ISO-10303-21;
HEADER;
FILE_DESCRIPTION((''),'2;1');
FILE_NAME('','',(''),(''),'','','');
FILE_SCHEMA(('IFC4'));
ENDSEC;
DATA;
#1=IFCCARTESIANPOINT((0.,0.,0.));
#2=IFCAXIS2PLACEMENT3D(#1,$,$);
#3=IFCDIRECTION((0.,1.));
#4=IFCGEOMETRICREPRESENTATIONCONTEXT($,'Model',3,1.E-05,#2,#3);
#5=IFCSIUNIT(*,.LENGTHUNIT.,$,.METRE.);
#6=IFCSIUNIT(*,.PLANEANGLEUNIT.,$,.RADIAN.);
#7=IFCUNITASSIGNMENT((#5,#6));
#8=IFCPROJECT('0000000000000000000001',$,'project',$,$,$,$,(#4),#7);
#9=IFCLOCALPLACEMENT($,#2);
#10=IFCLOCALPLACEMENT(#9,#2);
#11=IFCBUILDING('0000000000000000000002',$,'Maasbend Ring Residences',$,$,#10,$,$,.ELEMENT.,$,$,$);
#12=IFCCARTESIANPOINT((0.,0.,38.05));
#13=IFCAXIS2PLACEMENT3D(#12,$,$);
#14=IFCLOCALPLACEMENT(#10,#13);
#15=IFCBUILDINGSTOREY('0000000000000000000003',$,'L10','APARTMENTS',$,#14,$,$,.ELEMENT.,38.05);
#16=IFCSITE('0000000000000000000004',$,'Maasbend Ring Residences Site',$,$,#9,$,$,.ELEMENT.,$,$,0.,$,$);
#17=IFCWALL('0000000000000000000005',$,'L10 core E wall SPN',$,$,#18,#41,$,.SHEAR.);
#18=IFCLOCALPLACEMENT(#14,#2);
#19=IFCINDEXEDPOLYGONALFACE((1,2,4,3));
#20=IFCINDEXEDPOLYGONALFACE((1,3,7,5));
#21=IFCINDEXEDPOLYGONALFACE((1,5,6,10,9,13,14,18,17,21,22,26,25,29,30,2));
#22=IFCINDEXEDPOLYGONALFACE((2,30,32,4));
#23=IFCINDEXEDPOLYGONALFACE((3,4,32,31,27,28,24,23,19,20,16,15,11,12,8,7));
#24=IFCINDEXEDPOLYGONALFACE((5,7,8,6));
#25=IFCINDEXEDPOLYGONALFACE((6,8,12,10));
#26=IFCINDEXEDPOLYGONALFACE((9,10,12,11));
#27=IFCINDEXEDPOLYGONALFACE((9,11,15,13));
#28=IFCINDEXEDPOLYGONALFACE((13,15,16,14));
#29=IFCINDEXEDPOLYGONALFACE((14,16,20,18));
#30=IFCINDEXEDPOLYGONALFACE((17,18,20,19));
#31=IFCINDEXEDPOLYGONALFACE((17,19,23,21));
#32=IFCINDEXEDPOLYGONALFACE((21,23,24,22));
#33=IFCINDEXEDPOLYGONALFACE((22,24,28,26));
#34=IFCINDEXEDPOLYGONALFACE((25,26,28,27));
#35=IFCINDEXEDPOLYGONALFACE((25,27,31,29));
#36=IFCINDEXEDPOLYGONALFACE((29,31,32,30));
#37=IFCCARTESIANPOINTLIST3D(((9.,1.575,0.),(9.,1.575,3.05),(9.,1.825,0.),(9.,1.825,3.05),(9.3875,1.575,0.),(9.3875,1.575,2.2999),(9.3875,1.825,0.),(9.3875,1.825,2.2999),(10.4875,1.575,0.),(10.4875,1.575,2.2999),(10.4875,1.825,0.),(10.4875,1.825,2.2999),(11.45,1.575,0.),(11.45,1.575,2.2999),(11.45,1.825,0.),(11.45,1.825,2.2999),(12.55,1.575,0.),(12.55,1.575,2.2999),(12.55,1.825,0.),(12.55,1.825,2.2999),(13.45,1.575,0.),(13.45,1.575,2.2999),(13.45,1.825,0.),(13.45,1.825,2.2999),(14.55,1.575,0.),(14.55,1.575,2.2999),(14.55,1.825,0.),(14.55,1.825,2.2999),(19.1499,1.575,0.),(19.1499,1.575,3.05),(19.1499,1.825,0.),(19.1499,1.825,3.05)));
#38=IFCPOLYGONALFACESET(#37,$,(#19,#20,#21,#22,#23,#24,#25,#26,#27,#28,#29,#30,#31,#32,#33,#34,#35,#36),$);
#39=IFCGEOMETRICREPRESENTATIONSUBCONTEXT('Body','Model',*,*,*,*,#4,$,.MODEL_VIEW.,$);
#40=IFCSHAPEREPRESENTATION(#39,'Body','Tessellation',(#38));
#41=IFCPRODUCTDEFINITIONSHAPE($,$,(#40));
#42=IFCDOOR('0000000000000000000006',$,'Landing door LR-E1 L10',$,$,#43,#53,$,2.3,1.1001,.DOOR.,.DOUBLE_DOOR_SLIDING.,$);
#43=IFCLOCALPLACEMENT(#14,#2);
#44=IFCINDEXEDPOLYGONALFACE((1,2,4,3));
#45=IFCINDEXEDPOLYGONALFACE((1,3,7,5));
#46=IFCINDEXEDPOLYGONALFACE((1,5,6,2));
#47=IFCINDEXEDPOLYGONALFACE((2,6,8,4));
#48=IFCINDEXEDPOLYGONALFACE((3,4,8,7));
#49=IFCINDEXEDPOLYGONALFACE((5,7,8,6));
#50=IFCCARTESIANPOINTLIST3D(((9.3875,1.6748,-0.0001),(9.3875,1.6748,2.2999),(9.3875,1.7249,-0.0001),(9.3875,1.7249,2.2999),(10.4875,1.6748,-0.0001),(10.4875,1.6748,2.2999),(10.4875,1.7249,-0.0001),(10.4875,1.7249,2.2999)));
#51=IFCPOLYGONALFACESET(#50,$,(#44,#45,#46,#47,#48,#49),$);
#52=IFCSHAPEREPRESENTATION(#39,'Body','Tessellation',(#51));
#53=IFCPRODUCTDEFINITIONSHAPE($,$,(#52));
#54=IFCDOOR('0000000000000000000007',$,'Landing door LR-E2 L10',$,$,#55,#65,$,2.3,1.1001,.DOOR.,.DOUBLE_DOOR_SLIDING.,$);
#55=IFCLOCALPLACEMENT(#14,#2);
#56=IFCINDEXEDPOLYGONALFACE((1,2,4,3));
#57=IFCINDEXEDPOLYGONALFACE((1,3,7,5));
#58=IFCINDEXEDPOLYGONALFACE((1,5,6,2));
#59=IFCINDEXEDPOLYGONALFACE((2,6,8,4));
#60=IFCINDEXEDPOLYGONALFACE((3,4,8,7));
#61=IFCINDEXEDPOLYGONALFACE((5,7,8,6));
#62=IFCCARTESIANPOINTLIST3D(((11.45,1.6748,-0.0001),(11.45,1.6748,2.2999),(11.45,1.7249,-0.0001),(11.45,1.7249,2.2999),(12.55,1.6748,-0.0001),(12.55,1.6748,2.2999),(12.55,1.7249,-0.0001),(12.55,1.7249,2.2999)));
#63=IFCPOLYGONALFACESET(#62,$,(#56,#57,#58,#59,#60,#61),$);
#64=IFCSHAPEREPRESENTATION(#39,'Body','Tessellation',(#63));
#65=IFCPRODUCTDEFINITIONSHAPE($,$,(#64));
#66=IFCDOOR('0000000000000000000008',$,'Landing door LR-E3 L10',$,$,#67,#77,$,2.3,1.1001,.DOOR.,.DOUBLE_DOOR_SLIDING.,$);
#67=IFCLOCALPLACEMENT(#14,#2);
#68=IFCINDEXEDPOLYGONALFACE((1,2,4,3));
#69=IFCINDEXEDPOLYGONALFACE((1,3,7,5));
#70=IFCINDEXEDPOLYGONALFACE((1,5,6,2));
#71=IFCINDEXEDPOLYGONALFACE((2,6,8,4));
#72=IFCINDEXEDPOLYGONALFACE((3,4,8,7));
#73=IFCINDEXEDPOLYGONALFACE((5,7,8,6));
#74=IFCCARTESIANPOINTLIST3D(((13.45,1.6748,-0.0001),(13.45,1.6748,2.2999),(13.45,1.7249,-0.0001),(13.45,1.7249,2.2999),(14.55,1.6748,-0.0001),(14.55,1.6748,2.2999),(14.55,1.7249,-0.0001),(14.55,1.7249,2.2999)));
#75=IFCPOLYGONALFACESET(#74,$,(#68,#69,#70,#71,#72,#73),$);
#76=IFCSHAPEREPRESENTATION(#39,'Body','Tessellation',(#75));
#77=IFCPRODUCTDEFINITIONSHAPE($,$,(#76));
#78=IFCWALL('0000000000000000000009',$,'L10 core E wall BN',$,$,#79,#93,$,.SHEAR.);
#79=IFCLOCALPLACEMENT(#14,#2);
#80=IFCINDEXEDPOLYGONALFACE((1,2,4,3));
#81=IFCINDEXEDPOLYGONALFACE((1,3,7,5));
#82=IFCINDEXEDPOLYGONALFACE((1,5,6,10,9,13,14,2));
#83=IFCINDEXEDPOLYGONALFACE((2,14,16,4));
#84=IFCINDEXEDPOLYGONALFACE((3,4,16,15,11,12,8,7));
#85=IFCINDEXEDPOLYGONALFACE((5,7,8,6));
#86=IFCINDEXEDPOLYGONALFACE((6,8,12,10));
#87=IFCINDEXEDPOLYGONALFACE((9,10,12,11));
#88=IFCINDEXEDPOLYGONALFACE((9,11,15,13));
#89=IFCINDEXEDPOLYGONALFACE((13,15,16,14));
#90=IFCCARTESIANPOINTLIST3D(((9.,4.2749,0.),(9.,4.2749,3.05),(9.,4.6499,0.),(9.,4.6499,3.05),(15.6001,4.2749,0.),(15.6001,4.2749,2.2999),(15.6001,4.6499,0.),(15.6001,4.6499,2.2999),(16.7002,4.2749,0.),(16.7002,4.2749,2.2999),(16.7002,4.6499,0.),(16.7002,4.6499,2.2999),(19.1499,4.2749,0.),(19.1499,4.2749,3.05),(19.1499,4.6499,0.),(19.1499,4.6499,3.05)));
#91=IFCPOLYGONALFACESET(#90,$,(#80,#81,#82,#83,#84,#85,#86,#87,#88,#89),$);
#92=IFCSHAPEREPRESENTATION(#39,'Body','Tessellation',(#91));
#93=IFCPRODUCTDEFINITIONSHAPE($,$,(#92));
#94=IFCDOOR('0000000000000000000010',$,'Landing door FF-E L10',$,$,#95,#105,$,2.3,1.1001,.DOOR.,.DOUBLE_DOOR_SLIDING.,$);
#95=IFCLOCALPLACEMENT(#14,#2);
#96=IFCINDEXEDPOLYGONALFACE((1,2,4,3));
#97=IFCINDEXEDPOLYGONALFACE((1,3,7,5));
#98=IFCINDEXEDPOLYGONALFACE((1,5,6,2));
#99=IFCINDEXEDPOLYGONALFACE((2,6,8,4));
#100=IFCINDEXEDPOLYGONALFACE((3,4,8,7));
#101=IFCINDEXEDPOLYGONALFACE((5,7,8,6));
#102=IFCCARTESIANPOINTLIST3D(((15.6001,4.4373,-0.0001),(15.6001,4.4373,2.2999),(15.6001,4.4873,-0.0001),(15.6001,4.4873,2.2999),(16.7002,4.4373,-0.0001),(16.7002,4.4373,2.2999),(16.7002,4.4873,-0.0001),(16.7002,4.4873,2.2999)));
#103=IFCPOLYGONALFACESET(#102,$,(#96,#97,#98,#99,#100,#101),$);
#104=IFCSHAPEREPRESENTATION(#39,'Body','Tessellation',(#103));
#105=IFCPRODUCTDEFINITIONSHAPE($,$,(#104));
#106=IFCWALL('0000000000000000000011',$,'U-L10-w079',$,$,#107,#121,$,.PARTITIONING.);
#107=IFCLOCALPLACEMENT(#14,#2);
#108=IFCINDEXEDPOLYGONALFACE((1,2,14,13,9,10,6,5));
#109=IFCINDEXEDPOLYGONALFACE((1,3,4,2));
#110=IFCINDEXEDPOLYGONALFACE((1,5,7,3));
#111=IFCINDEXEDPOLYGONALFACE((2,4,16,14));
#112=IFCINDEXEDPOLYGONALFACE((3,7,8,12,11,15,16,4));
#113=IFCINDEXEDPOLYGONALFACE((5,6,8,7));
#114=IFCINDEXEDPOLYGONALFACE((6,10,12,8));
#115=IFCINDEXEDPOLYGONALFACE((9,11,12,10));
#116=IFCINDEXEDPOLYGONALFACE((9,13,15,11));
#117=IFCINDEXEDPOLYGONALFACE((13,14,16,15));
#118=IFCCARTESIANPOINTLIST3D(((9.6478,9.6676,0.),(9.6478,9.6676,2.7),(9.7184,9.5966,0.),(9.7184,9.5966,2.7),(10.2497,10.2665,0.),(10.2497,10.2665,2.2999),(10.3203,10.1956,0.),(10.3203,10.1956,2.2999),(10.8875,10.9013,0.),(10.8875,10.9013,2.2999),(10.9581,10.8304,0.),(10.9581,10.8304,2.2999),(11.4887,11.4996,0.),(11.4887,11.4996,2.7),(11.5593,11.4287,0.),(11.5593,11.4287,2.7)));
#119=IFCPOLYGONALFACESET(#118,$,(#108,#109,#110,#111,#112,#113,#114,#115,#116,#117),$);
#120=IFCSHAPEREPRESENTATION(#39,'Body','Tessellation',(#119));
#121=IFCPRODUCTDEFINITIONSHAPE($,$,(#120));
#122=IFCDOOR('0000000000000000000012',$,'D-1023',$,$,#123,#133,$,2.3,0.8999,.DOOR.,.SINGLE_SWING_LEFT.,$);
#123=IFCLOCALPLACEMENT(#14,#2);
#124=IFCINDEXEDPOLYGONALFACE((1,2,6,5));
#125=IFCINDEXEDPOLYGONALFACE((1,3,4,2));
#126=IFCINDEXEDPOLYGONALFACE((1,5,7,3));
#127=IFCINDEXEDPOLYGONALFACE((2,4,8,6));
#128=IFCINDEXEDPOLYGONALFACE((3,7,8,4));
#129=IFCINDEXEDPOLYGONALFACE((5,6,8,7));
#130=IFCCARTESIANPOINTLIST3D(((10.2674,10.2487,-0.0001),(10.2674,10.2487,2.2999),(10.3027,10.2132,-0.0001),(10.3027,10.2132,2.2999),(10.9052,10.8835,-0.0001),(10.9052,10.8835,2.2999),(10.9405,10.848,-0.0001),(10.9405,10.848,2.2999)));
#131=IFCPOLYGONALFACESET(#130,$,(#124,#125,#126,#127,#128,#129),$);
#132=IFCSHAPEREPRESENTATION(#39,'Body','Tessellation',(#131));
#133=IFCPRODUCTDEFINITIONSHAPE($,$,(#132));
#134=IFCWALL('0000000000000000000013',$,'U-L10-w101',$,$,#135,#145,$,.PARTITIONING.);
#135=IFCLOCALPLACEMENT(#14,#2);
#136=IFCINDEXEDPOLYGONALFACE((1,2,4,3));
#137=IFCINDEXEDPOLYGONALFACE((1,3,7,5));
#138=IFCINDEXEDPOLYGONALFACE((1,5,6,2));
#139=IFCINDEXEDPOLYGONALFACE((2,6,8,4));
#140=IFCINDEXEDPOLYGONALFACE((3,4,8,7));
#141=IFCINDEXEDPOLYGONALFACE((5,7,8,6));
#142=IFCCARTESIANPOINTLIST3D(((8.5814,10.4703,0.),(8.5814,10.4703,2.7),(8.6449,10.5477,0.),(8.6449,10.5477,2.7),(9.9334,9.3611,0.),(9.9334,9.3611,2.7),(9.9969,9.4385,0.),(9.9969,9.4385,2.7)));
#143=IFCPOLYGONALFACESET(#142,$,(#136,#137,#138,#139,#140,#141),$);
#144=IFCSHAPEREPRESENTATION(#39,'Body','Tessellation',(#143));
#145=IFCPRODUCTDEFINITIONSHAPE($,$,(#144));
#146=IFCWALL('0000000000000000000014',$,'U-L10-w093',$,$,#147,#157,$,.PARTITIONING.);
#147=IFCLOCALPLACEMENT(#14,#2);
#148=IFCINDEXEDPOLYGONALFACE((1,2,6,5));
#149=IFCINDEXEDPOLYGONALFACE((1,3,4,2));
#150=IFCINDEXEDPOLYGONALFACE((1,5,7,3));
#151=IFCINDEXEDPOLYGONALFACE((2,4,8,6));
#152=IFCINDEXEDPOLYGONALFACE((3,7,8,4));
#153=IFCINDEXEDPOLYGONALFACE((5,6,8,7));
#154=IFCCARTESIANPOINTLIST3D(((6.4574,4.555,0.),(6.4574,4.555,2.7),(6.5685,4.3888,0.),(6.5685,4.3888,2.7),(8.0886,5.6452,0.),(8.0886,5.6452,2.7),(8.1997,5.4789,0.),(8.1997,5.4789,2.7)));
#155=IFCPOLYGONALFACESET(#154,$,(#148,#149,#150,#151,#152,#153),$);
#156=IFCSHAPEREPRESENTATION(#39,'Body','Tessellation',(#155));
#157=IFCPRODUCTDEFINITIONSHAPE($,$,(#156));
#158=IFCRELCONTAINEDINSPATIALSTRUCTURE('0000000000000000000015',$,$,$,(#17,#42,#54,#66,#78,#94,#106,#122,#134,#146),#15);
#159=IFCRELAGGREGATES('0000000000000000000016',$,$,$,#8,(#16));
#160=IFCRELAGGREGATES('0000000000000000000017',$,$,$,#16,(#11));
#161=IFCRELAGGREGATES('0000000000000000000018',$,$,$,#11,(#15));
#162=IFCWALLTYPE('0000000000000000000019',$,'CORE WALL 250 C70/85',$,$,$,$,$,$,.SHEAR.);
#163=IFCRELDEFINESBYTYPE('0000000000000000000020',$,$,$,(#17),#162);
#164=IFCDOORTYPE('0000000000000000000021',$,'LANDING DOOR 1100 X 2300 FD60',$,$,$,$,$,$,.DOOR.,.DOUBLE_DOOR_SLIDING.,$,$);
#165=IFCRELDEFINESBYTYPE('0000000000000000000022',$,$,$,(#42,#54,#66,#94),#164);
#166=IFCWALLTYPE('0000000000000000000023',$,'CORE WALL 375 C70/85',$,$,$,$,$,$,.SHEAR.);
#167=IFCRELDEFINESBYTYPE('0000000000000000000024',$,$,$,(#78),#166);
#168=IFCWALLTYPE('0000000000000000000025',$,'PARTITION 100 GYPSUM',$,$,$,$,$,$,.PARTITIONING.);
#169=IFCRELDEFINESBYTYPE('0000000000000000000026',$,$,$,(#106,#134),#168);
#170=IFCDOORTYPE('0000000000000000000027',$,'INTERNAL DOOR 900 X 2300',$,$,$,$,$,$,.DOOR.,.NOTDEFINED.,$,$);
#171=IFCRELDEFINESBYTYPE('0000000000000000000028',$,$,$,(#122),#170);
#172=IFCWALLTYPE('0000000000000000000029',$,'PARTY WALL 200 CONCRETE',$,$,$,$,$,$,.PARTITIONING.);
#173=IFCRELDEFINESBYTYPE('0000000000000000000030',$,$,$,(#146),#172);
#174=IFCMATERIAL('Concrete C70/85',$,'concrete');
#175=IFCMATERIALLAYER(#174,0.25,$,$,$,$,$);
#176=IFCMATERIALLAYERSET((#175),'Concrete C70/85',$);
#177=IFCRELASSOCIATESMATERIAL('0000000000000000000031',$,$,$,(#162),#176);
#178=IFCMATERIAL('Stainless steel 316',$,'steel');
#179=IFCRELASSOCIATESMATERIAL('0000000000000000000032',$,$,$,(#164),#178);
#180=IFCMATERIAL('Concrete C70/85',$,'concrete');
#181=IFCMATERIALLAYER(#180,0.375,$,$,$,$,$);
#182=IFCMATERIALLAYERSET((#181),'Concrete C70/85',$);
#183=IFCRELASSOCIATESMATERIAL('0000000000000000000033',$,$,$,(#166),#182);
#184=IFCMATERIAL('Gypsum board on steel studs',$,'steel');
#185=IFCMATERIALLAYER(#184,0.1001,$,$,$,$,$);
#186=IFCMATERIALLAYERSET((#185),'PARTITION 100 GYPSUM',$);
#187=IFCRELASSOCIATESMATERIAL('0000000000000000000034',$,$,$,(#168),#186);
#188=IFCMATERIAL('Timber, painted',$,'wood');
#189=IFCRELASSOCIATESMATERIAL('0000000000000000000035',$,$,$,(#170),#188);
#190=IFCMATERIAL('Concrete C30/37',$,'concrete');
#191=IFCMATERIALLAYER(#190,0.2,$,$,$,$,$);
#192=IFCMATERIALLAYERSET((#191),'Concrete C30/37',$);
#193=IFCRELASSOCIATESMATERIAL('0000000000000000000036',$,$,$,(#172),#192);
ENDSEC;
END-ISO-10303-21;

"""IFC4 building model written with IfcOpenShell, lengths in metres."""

from ifc_helpers import new_model, si_unit, direction, frame, frame_2d, origin, place, context, subcontext, project, spatial, rectangle, extrude, material, layer, layer_set, type_object, element, fill, save


model = new_model("IFC4")

# Units and contexts
model_context = context("Model", 3, precision=1e-05, world=origin(), true_north=direction((0.0, 1.0)))
body_context = subcontext(model_context, "Body", "Model", "MODEL_VIEW")
ifc_project = project(units=[si_unit("LENGTHUNIT", "METRE"), si_unit("PLANEANGLEUNIT", "RADIAN")], contexts=[model_context])

# Site, building, storey
site_placement = place(None, origin())
site = spatial("IfcSite", under=ifc_project, at=site_placement, Name="Maasbend Ring Residences Site", CompositionType="ELEMENT", RefElevation=0.0)
building_placement = place(site_placement, origin())
building = spatial("IfcBuilding", under=site, at=building_placement, Name="Maasbend Ring Residences", CompositionType="ELEMENT")
storey_placement = place(building_placement, frame((0.0, 0.0, 38.05)))
storey = spatial("IfcBuildingStorey", under=building, at=storey_placement, Name="L10", Description="APARTMENTS", CompositionType="ELEMENT", Elevation=38.05)

# Wall, openings, doors
ifc_material_1 = material(Name="Concrete C70/85", Category="concrete")
ifc_layer_1 = layer(ifc_material_1, 0.25)
ifc_layer_set_1 = layer_set([ifc_layer_1], Name="Concrete C70/85")
wall_type_1 = type_object("IfcWallType", Name="CORE WALL 250 C70/85", PredefinedType="SHEAR", material=ifc_layer_set_1)
wall_1_placement = place(storey_placement, frame((9.0, 1.7, 0.0), z_axis=(0.0, 0.0, 1.0), x_axis=(1.0, 0.0, 0.0)))
wall_1 = element("IfcWall", 1, at=wall_1_placement, inside=storey, type_object=wall_type_1, Name="L10 core E wall SPN", PredefinedType="SHEAR", context=body_context, shape_type="SweptSolid", body=[
    extrude(rectangle(XDim=10.1499, YDim=0.25, at=frame_2d((5.075, 0.0))), origin(), (0.0, 0.0, 1.0), 3.05),
])
opening_1_placement = place(wall_1_placement, frame((0.3875, 0.0, 0.0)))
opening_1 = element("IfcOpeningElement", 2, at=opening_1_placement, cuts=wall_1, PredefinedType="OPENING", context=body_context, shape_type="SweptSolid", body=[
    extrude(rectangle(XDim=1.1001, YDim=2.3, at=frame_2d((0.55, 1.1499))), frame((0.0, 0.135, 0.0), z_axis=(0.0, -1.0, 0.0), x_axis=(1.0, 0.0, 0.0)), (0.0, 0.0, 1.0), 0.27),
])
opening_2_placement = place(wall_1_placement, frame((2.45, 0.0, 0.0)))
opening_2 = element("IfcOpeningElement", 3, at=opening_2_placement, cuts=wall_1, PredefinedType="OPENING", context=body_context, shape_type="SweptSolid", body=[
    extrude(rectangle(XDim=1.1001, YDim=2.3, at=frame_2d((0.55, 1.1499))), frame((0.0, 0.135, 0.0), z_axis=(0.0, -1.0, 0.0), x_axis=(1.0, 0.0, 0.0)), (0.0, 0.0, 1.0), 0.27),
])
opening_3_placement = place(wall_1_placement, frame((4.45, 0.0, 0.0)))
opening_3 = element("IfcOpeningElement", 4, at=opening_3_placement, cuts=wall_1, PredefinedType="OPENING", context=body_context, shape_type="SweptSolid", body=[
    extrude(rectangle(XDim=1.1001, YDim=2.3, at=frame_2d((0.55, 1.1499))), frame((0.0, 0.135, 0.0), z_axis=(0.0, -1.0, 0.0), x_axis=(1.0, 0.0, 0.0)), (0.0, 0.0, 1.0), 0.27),
])
ifc_material_2 = material(Name="Stainless steel 316", Category="steel")
door_type_1 = type_object("IfcDoorType", Name="LANDING DOOR 1100 X 2300 FD60", OperationType="DOUBLE_DOOR_SLIDING", PredefinedType="DOOR", material=ifc_material_2)
door_1_placement = place(opening_1_placement, origin())
door_1 = element("IfcDoor", 5, at=door_1_placement, inside=storey, type_object=door_type_1, Name="Landing door LR-E1 L10", OperationType="DOUBLE_DOOR_SLIDING", OverallHeight=2.3, OverallWidth=1.1001, PredefinedType="DOOR", context=body_context, shape_type="SweptSolid", body=[
    extrude(rectangle(XDim=1.1001, YDim=2.3, at=frame_2d((0.55, 1.1499))), frame((0.0, 0.0249, 0.0), z_axis=(0.0, -1.0, 0.0), x_axis=(1.0, 0.0, 0.0)), (0.0, 0.0, 1.0), 0.05),
])
fill(opening_1, door_1)
door_2_placement = place(opening_2_placement, origin())
door_2 = element("IfcDoor", 6, at=door_2_placement, inside=storey, type_object=door_type_1, Name="Landing door LR-E2 L10", OperationType="DOUBLE_DOOR_SLIDING", OverallHeight=2.3, OverallWidth=1.1001, PredefinedType="DOOR", context=body_context, shape_type="SweptSolid", body=[
    extrude(rectangle(XDim=1.1001, YDim=2.3, at=frame_2d((0.55, 1.1499))), frame((0.0, 0.0249, 0.0), z_axis=(0.0, -1.0, 0.0), x_axis=(1.0, 0.0, 0.0)), (0.0, 0.0, 1.0), 0.05),
])
fill(opening_2, door_2)
door_3_placement = place(opening_3_placement, origin())
door_3 = element("IfcDoor", 7, at=door_3_placement, inside=storey, type_object=door_type_1, Name="Landing door LR-E3 L10", OperationType="DOUBLE_DOOR_SLIDING", OverallHeight=2.3, OverallWidth=1.1001, PredefinedType="DOOR", context=body_context, shape_type="SweptSolid", body=[
    extrude(rectangle(XDim=1.1001, YDim=2.3, at=frame_2d((0.55, 1.1499))), frame((0.0, 0.0249, 0.0), z_axis=(0.0, -1.0, 0.0), x_axis=(1.0, 0.0, 0.0)), (0.0, 0.0, 1.0), 0.05),
])
fill(opening_3, door_3)

# Walls, openings, doors
ifc_material_3 = material(Name="Concrete C70/85", Category="concrete")
ifc_layer_2 = layer(ifc_material_3, 0.375)
ifc_layer_set_2 = layer_set([ifc_layer_2], Name="Concrete C70/85")
wall_type_2 = type_object("IfcWallType", Name="CORE WALL 375 C70/85", PredefinedType="SHEAR", material=ifc_layer_set_2)
wall_2_placement = place(storey_placement, frame((9.0, 4.4624, 0.0), z_axis=(0.0, 0.0, 1.0), x_axis=(1.0, 0.0, 0.0)))
wall_2 = element("IfcWall", 8, at=wall_2_placement, inside=storey, type_object=wall_type_2, Name="L10 core E wall BN", PredefinedType="SHEAR", context=body_context, shape_type="SweptSolid", body=[
    extrude(rectangle(XDim=10.1499, YDim=0.375, at=frame_2d((5.075, 0.0))), origin(), (0.0, 0.0, 1.0), 3.05),
])
opening_4_placement = place(wall_2_placement, frame((6.6001, 0.0, 0.0)))
opening_4 = element("IfcOpeningElement", 9, at=opening_4_placement, cuts=wall_2, PredefinedType="OPENING", context=body_context, shape_type="SweptSolid", body=[
    extrude(rectangle(XDim=1.1001, YDim=2.3, at=frame_2d((0.55, 1.1499))), frame((0.0, 0.1975, 0.0), z_axis=(0.0, -1.0, 0.0), x_axis=(1.0, 0.0, 0.0)), (0.0, 0.0, 1.0), 0.395),
])
door_4_placement = place(opening_4_placement, origin())
door_4 = element("IfcDoor", 10, at=door_4_placement, inside=storey, type_object=door_type_1, Name="Landing door FF-E L10", OperationType="DOUBLE_DOOR_SLIDING", OverallHeight=2.3, OverallWidth=1.1001, PredefinedType="DOOR", context=body_context, shape_type="SweptSolid", body=[
    extrude(rectangle(XDim=1.1001, YDim=2.3, at=frame_2d((0.55, 1.1499))), frame((0.0, 0.0249, 0.0), z_axis=(0.0, -1.0, 0.0), x_axis=(1.0, 0.0, 0.0)), (0.0, 0.0, 1.0), 0.05),
])
fill(opening_4, door_4)
ifc_material_4 = material(Name="Gypsum board on steel studs", Category="steel")
ifc_layer_3 = layer(ifc_material_4, 0.1001)
ifc_layer_set_3 = layer_set([ifc_layer_3], Name="PARTITION 100 GYPSUM")
wall_type_3 = type_object("IfcWallType", Name="PARTITION 100 GYPSUM", PredefinedType="PARTITIONING", material=ifc_layer_set_3)
wall_3_placement = place(storey_placement, frame((9.6831, 9.6321, 0.0), z_axis=(0.0, 0.0, 1.0), x_axis=(0.708797, 0.705413, 0.0)))
wall_3 = element("IfcWall", 11, at=wall_3_placement, inside=storey, type_object=wall_type_3, Name="U-L10-w079", PredefinedType="PARTITIONING", context=body_context, shape_type="SweptSolid", body=[
    extrude(rectangle(XDim=2.5972, YDim=0.1001, at=frame_2d((1.2986, 0.0))), origin(), (0.0, 0.0, 1.0), 2.7),
])
opening_5_placement = place(wall_3_placement, frame((0.8491, 0.0, 0.0)))
opening_5 = element("IfcOpeningElement", 12, at=opening_5_placement, cuts=wall_3, PredefinedType="OPENING", context=body_context, shape_type="SweptSolid", body=[
    extrude(rectangle(XDim=0.8999, YDim=2.3, at=frame_2d((0.45, 1.1499))), frame((0.0, 0.0601, 0.0), z_axis=(0.0, -1.0, 0.0), x_axis=(1.0, 0.0, 0.0)), (0.0, 0.0, 1.0), 0.1201),
])
ifc_material_5 = material(Name="Timber, painted", Category="wood")
door_type_2 = type_object("IfcDoorType", Name="INTERNAL DOOR 900 X 2300", OperationType="NOTDEFINED", PredefinedType="DOOR", material=ifc_material_5)
door_5_placement = place(opening_5_placement, origin())
door_5 = element("IfcDoor", 13, at=door_5_placement, inside=storey, type_object=door_type_2, Name="D-1023", OperationType="SINGLE_SWING_LEFT", OverallHeight=2.3, OverallWidth=0.8999, PredefinedType="DOOR", context=body_context, shape_type="SweptSolid", body=[
    extrude(rectangle(XDim=0.8999, YDim=2.3, at=frame_2d((0.45, 1.1499))), frame((0.0, 0.0249, 0.0), z_axis=(0.0, -1.0, 0.0), x_axis=(1.0, 0.0, 0.0)), (0.0, 0.0, 1.0), 0.05),
])
fill(opening_5, door_5)

# Walls
wall_4_placement = place(storey_placement, frame((8.613, 10.509, 0.0), z_axis=(0.0, 0.0, 1.0), x_axis=(0.773142, -0.634233, 0.0)))
element("IfcWall", 14, at=wall_4_placement, inside=storey, type_object=wall_type_3, Name="U-L10-w101", PredefinedType="PARTITIONING", context=body_context, shape_type="SweptSolid", body=[
    extrude(rectangle(XDim=1.7488, YDim=0.1001, at=frame_2d((0.8745, 0.0))), origin(), (0.0, 0.0, 1.0), 2.7),
])
ifc_material_6 = material(Name="Concrete C30/37", Category="concrete")
ifc_layer_4 = layer(ifc_material_6, 0.2)
ifc_layer_set_4 = layer_set([ifc_layer_4], Name="Concrete C30/37")
wall_type_4 = type_object("IfcWallType", Name="PARTY WALL 200 CONCRETE", PredefinedType="PARTITIONING", material=ifc_layer_set_4)
wall_5_placement = place(storey_placement, frame((6.5129, 4.4719, 0.0), z_axis=(0.0, 0.0, 1.0), x_axis=(0.831418, 0.555648, 0.0)))
element("IfcWall", 15, at=wall_5_placement, inside=storey, type_object=wall_type_4, Name="U-L10-w093", PredefinedType="PARTITIONING", context=body_context, shape_type="SweptSolid", body=[
    extrude(rectangle(XDim=1.9619, YDim=0.2, at=frame_2d((0.981, 0.0))), origin(), (0.0, 0.0, 1.0), 2.7),
])

save(model, "model.ifc")
